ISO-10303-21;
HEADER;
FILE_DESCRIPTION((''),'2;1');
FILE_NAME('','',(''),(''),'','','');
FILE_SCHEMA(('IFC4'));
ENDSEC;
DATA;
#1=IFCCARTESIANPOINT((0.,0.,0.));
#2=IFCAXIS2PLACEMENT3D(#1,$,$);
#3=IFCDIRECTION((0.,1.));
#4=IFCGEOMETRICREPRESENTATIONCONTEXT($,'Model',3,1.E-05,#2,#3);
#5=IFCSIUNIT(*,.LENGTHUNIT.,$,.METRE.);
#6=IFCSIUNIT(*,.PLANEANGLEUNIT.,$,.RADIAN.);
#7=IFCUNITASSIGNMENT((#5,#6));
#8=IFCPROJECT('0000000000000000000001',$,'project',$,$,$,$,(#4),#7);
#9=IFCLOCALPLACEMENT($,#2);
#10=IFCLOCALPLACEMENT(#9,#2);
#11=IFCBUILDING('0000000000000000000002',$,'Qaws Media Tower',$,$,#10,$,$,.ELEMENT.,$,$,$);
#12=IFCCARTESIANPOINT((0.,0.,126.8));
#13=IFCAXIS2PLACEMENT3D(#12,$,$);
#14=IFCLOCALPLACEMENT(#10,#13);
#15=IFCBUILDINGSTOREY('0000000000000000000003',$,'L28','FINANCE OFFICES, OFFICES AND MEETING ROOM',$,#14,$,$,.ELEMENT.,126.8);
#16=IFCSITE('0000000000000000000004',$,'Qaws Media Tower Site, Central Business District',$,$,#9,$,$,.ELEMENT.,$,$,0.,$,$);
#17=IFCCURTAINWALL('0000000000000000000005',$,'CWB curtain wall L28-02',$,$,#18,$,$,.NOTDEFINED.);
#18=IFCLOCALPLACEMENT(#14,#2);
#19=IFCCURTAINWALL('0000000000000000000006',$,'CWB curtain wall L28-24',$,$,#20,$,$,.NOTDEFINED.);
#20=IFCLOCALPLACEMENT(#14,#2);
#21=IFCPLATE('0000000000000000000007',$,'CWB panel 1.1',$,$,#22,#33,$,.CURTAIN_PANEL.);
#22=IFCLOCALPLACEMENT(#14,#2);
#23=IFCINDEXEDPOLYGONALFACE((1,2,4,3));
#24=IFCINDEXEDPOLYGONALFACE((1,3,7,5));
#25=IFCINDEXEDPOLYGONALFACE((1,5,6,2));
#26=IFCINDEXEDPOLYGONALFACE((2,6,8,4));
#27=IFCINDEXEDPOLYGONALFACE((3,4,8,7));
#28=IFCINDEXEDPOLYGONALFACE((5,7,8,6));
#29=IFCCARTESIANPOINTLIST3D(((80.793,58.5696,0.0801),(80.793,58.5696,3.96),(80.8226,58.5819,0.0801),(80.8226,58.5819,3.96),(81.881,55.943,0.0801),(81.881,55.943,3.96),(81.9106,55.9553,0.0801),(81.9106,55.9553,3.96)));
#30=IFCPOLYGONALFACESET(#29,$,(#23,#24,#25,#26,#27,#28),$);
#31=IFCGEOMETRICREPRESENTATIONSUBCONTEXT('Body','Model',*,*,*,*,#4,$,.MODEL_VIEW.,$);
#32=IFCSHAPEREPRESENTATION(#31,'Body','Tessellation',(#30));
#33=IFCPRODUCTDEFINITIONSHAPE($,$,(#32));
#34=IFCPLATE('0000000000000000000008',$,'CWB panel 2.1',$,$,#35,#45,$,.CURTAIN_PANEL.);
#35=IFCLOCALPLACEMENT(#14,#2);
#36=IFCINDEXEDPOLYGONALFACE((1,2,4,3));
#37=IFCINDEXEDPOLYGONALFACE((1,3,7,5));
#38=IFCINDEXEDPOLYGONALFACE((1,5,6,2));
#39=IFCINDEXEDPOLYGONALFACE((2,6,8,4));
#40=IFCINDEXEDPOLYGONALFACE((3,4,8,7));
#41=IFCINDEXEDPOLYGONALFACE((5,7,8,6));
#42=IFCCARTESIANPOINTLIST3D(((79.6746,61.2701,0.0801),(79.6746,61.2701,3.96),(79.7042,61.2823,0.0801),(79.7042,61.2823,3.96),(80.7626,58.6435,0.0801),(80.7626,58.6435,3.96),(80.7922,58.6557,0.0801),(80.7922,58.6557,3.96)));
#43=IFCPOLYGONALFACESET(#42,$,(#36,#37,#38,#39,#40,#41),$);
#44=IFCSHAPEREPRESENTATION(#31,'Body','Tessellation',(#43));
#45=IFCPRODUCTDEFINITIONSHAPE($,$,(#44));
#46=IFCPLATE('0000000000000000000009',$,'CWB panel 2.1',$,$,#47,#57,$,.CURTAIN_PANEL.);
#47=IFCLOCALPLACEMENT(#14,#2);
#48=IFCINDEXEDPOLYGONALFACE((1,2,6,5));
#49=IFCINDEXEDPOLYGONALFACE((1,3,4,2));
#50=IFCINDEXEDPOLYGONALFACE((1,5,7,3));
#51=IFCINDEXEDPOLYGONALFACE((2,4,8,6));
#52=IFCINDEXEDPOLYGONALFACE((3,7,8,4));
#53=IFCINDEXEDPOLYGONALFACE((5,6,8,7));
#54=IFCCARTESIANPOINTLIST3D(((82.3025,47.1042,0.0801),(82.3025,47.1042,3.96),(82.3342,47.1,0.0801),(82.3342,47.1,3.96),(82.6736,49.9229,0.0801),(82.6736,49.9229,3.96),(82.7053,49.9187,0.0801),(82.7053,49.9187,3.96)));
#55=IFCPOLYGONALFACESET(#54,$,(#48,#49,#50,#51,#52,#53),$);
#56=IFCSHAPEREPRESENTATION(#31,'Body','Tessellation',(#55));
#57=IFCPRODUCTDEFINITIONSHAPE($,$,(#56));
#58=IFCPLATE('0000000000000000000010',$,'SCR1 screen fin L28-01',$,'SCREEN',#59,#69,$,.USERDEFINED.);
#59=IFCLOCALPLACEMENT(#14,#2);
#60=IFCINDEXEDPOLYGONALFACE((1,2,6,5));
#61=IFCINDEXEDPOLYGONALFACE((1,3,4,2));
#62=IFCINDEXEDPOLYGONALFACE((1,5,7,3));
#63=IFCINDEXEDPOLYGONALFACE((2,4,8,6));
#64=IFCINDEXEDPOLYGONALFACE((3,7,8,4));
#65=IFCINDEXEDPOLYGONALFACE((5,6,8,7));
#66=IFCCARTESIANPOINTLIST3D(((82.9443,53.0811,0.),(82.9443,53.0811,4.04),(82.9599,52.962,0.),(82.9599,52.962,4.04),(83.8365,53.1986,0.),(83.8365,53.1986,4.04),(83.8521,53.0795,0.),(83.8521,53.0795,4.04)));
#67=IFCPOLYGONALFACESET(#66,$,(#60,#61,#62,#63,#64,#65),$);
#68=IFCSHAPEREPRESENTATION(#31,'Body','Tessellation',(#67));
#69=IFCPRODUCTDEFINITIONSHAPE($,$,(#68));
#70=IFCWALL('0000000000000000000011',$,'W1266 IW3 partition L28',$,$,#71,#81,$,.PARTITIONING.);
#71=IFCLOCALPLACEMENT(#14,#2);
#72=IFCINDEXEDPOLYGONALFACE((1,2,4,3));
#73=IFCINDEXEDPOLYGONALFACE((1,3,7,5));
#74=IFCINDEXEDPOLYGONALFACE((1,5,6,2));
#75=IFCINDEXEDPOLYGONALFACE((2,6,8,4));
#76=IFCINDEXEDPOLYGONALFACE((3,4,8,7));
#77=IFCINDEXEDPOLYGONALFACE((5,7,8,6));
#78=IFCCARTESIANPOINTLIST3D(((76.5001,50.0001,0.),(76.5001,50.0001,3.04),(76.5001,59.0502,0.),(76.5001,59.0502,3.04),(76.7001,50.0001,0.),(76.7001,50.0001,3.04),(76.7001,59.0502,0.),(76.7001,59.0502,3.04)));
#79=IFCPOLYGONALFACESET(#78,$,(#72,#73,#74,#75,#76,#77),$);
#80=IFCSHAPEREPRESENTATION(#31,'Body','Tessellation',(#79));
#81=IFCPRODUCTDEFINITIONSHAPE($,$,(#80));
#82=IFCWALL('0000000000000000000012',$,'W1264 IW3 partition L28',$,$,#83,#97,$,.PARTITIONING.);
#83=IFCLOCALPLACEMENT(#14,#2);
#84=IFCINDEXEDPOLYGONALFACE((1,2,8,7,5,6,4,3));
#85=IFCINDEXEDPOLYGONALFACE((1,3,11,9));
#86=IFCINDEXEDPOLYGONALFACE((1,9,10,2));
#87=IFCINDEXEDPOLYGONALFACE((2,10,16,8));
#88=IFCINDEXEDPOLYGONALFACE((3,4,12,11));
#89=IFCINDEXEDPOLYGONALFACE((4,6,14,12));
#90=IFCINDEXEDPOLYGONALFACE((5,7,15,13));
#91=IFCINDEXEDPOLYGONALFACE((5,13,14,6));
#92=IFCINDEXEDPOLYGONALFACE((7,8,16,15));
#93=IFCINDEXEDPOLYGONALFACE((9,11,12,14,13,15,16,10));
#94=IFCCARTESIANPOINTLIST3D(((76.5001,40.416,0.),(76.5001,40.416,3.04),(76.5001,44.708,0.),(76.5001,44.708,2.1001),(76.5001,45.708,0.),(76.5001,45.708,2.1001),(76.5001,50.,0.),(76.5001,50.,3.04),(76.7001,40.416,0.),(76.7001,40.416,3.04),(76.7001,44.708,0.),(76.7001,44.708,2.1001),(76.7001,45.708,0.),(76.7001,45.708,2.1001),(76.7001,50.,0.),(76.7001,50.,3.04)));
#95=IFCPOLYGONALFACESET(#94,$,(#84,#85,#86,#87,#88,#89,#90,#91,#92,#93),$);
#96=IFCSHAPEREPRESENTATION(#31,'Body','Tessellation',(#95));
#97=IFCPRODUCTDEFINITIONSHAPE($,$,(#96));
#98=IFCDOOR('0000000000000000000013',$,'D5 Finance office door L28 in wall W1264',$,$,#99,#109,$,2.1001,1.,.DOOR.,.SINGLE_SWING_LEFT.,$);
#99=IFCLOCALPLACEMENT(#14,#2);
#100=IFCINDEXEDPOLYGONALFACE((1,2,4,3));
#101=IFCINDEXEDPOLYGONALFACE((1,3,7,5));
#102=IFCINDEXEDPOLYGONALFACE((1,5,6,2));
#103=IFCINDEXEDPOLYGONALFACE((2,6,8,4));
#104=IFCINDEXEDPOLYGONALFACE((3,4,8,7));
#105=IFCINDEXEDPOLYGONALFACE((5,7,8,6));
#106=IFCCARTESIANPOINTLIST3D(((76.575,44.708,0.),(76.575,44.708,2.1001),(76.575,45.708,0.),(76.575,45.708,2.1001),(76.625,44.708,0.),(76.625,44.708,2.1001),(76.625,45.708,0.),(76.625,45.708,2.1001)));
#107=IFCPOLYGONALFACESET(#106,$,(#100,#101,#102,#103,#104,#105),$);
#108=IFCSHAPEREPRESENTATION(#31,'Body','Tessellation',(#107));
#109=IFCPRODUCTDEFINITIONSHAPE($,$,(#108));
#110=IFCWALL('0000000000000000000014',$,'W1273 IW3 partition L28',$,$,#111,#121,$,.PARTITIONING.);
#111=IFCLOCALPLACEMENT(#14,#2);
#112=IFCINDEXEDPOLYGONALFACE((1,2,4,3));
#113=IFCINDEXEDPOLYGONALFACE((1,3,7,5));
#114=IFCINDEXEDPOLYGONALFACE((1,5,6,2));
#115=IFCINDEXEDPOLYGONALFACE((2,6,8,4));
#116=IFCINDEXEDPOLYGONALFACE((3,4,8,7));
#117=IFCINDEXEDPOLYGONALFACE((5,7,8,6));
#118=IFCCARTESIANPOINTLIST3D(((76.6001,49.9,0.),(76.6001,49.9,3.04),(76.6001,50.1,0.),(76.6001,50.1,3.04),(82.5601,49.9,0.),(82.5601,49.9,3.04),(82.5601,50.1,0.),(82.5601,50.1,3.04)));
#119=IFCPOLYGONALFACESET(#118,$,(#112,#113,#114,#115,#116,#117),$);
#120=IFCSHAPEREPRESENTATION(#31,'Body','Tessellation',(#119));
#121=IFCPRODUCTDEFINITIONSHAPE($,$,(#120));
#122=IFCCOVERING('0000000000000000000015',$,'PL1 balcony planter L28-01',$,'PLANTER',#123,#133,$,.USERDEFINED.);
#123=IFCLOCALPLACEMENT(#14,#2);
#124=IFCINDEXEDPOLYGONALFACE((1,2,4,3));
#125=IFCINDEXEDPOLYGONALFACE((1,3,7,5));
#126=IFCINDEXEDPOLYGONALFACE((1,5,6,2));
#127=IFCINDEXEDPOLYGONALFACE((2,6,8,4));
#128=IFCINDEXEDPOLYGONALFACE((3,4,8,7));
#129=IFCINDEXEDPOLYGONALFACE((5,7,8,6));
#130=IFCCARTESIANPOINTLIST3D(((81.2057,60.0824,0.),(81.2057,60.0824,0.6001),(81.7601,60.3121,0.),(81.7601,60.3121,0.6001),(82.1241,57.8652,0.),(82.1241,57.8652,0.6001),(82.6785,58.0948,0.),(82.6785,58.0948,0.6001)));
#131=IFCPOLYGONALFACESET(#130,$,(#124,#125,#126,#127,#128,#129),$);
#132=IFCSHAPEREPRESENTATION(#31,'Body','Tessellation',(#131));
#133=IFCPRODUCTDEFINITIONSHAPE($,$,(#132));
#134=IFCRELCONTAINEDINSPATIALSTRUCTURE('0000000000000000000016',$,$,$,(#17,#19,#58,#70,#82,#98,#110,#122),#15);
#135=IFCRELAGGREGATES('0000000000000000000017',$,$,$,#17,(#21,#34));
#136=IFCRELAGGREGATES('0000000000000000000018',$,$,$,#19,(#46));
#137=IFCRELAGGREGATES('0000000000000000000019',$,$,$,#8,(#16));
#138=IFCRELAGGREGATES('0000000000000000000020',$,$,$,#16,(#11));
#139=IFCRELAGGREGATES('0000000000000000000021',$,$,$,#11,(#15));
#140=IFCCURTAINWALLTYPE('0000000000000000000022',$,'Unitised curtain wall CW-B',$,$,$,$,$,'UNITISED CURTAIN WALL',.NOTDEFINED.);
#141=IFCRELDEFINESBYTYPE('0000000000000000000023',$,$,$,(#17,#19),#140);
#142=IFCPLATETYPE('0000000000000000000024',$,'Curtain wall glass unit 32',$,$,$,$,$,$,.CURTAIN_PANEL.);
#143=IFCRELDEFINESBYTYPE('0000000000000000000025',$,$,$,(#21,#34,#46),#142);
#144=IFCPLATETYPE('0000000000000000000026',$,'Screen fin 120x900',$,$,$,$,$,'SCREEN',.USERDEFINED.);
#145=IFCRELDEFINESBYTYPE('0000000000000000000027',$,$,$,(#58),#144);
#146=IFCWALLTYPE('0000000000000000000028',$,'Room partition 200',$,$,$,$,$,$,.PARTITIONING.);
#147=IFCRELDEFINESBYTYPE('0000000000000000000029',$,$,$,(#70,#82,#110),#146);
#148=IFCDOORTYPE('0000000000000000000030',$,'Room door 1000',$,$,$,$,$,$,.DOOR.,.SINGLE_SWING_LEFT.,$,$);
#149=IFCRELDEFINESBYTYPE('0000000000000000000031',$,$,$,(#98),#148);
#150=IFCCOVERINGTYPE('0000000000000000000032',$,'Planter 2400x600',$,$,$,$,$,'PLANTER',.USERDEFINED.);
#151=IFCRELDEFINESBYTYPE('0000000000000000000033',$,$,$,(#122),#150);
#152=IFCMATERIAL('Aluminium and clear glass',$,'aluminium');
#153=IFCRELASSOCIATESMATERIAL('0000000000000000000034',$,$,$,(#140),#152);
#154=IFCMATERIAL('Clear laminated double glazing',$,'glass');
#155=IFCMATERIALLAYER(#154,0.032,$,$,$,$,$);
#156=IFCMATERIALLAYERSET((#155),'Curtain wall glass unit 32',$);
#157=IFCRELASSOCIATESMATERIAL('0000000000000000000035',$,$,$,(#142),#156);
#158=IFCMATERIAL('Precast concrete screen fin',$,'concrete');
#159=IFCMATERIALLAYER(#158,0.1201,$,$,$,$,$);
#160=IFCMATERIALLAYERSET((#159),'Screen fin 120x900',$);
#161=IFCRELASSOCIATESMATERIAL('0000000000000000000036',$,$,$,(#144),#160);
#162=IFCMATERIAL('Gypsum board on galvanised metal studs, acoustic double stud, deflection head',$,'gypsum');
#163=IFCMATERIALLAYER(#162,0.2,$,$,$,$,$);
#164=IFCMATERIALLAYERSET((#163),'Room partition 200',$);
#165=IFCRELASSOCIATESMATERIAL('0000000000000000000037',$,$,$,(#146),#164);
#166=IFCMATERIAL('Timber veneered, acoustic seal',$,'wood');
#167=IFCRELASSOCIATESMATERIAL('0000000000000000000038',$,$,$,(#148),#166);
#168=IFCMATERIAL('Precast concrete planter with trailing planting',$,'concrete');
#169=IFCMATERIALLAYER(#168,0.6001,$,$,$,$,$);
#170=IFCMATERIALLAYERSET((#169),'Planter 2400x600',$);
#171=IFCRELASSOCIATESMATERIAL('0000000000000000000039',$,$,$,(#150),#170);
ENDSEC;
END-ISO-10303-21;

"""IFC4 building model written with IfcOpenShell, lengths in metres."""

from ifc_helpers import new_model, si_unit, direction, frame, frame_2d, origin, origin_2d, place, context, subcontext, project, spatial, rectangle, extrude, material, layer, layer_set, type_object, element, fill, aggregate, save


model = new_model("IFC4")

# Units and contexts
model_context = context("Model", 3, precision=1e-05, world=origin(), true_north=direction((0.0, 1.0)))
body_context = subcontext(model_context, "Body", "Model", "MODEL_VIEW")
ifc_project = project(units=[si_unit("LENGTHUNIT", "METRE"), si_unit("PLANEANGLEUNIT", "RADIAN")], contexts=[model_context])

# Site, building, storey
site_placement = place(None, origin())
site = spatial("IfcSite", under=ifc_project, at=site_placement, Name="Qaws Media Tower Site, Central Business District", CompositionType="ELEMENT", RefElevation=0.0)
building_placement = place(site_placement, origin())
building = spatial("IfcBuilding", under=site, at=building_placement, Name="Qaws Media Tower", CompositionType="ELEMENT")
storey_placement = place(building_placement, frame((0.0, 0.0, 126.8)))
storey = spatial("IfcBuildingStorey", under=building, at=storey_placement, Name="L28", Description="FINANCE OFFICES, OFFICES AND MEETING ROOM", CompositionType="ELEMENT", Elevation=126.8)

# Curtain wall
ifc_material_1 = material(Name="Aluminium and clear glass", Category="aluminium")
curtain_wall_type = type_object("IfcCurtainWallType", Name="Unitised curtain wall CW-B", ElementType="UNITISED CURTAIN WALL", PredefinedType="NOTDEFINED", material=ifc_material_1)
curtain_wall_1_placement = place(storey_placement, origin())
curtain_wall_1 = element("IfcCurtainWall", 1, at=curtain_wall_1_placement, inside=storey, type_object=curtain_wall_type, Name="CWB curtain wall L28-02", PredefinedType="NOTDEFINED")

# Curtain wall
curtain_wall_2_placement = place(storey_placement, origin())
curtain_wall_2 = element("IfcCurtainWall", 2, at=curtain_wall_2_placement, inside=storey, type_object=curtain_wall_type, Name="CWB curtain wall L28-24", PredefinedType="NOTDEFINED")

# Plates
ifc_material_2 = material(Name="Clear laminated double glazing", Category="glass")
ifc_layer_1 = layer(ifc_material_2, 0.032)
ifc_layer_set_1 = layer_set([ifc_layer_1], Name="Curtain wall glass unit 32")
plate_type_1 = type_object("IfcPlateType", Name="Curtain wall glass unit 32", PredefinedType="CURTAIN_PANEL", material=ifc_layer_set_1)
plate_1_placement = place(storey_placement, frame((81.3518, 57.2625, 0.0801), z_axis=(0.0, 0.0, 1.0), x_axis=(-0.382683, 0.92388, 0.0)))
plate_1 = element("IfcPlate", 3, at=plate_1_placement, type_object=plate_type_1, Name="CWB panel 1.1", PredefinedType="CURTAIN_PANEL", context=body_context, shape_type="SweptSolid", body=[
    extrude(rectangle(XDim=2.843, YDim=0.032, at=origin_2d()), origin(), (0.0, 0.0, 1.0), 3.8799),
])
plate_2_placement = place(storey_placement, frame((80.2334, 59.9629, 0.0801), z_axis=(0.0, 0.0, 1.0), x_axis=(-0.382683, 0.92388, 0.0)))
plate_2 = element("IfcPlate", 4, at=plate_2_placement, type_object=plate_type_1, Name="CWB panel 2.1", PredefinedType="CURTAIN_PANEL", context=body_context, shape_type="SweptSolid", body=[
    extrude(rectangle(XDim=2.843, YDim=0.032, at=origin_2d()), origin(), (0.0, 0.0, 1.0), 3.8799),
])
aggregate(curtain_wall_1, [plate_1, plate_2])
plate_3_placement = place(storey_placement, frame((82.5039, 48.5115, 0.0801), z_axis=(0.0, 0.0, 1.0), x_axis=(0.130526, 0.991445, 0.0)))
plate_3 = element("IfcPlate", 5, at=plate_3_placement, type_object=plate_type_1, Name="CWB panel 2.1", PredefinedType="CURTAIN_PANEL", context=body_context, shape_type="SweptSolid", body=[
    extrude(rectangle(XDim=2.843, YDim=0.032, at=origin_2d()), origin(), (0.0, 0.0, 1.0), 3.8799),
])
aggregate(curtain_wall_2, [plate_3])
ifc_material_3 = material(Name="Precast concrete screen fin", Category="concrete")
ifc_layer_2 = layer(ifc_material_3, 0.1201)
ifc_layer_set_2 = layer_set([ifc_layer_2], Name="Screen fin 120x900")
plate_type_2 = type_object("IfcPlateType", Name="Screen fin 120x900", ElementType="SCREEN", PredefinedType="USERDEFINED", material=ifc_layer_set_2)
plate_4_placement = place(storey_placement, frame((83.3982, 53.0803, 0.0), z_axis=(0.0, 0.0, 1.0), x_axis=(0.991445, 0.130526, 0.0)))
element("IfcPlate", 6, at=plate_4_placement, inside=storey, type_object=plate_type_2, Name="SCR1 screen fin L28-01", ObjectType="SCREEN", PredefinedType="USERDEFINED", context=body_context, shape_type="SweptSolid", body=[
    extrude(rectangle(XDim=0.8999, YDim=0.1201, at=origin_2d()), origin(), (0.0, 0.0, 1.0), 4.04),
])

# Wall
ifc_material_4 = material(Name="Gypsum board on galvanised metal studs, acoustic double stud, deflection head", Category="gypsum")
ifc_layer_3 = layer(ifc_material_4, 0.2)
ifc_layer_set_3 = layer_set([ifc_layer_3], Name="Room partition 200")
wall_type_1 = type_object("IfcWallType", Name="Room partition 200", PredefinedType="PARTITIONING", material=ifc_layer_set_3)
wall_1_placement = place(storey_placement, frame((76.6001, 59.05, 0.0), z_axis=(0.0, 0.0, 1.0), x_axis=(0.0, -1.0, 0.0)))
element("IfcWall", 7, at=wall_1_placement, inside=storey, type_object=wall_type_1, Name="W1266 IW3 partition L28", PredefinedType="PARTITIONING", context=body_context, shape_type="SweptSolid", body=[
    extrude(rectangle(XDim=9.05, YDim=0.2, at=frame_2d((4.5249, 0.0))), origin(), (0.0, 0.0, 1.0), 3.04),
])

# Wall, opening, door
wall_2_placement = place(storey_placement, frame((76.6001, 50.0, 0.0), z_axis=(0.0, 0.0, 1.0), x_axis=(0.0, -1.0, 0.0)))
wall_2 = element("IfcWall", 8, at=wall_2_placement, inside=storey, type_object=wall_type_1, Name="W1264 IW3 partition L28", PredefinedType="PARTITIONING", context=body_context, shape_type="SweptSolid", body=[
    extrude(rectangle(XDim=9.584, YDim=0.2, at=frame_2d((4.792, 0.0))), origin(), (0.0, 0.0, 1.0), 3.04),
])
opening_1_placement = place(wall_2_placement, frame((4.292, 0.0, 0.0)))
opening_1 = element("IfcOpeningElement", 9, at=opening_1_placement, cuts=wall_2, PredefinedType="OPENING", context=body_context, shape_type="SweptSolid", body=[
    extrude(rectangle(XDim=1.0, YDim=2.1001, at=frame_2d((0.5, 1.05))), frame((0.0, 0.1099, 0.0), z_axis=(0.0, -1.0, 0.0), x_axis=(1.0, 0.0, 0.0)), (0.0, 0.0, 1.0), 0.22),
])
ifc_material_5 = material(Name="Timber veneered, acoustic seal", Category="wood")
door_type_1 = type_object("IfcDoorType", Name="Room door 1000", OperationType="SINGLE_SWING_LEFT", PredefinedType="DOOR", material=ifc_material_5)
door_1_placement = place(opening_1_placement, origin())
door_1 = element("IfcDoor", 10, at=door_1_placement, inside=storey, type_object=door_type_1, Name="D5 Finance office door L28 in wall W1264", OperationType="SINGLE_SWING_LEFT", OverallHeight=2.1001, OverallWidth=1.0, PredefinedType="DOOR", context=body_context, shape_type="SweptSolid", body=[
    extrude(rectangle(XDim=1.0, YDim=2.1001, at=frame_2d((0.5, 1.05))), frame((0.0, 0.0249, 0.0), z_axis=(0.0, -1.0, 0.0), x_axis=(1.0, 0.0, 0.0)), (0.0, 0.0, 1.0), 0.05),
])
fill(opening_1, door_1)

# Wall
wall_3_placement = place(storey_placement, frame((76.6001, 50.0, 0.0), z_axis=(0.0, 0.0, 1.0), x_axis=(1.0, 0.0, 0.0)))
element("IfcWall", 11, at=wall_3_placement, inside=storey, type_object=wall_type_1, Name="W1273 IW3 partition L28", PredefinedType="PARTITIONING", context=body_context, shape_type="SweptSolid", body=[
    extrude(rectangle(XDim=5.96, YDim=0.2, at=frame_2d((2.98, 0.0))), origin(), (0.0, 0.0, 1.0), 3.04),
])

# Covering
ifc_material_6 = material(Name="Precast concrete planter with trailing planting", Category="concrete")
ifc_layer_4 = layer(ifc_material_6, 0.6001)
ifc_layer_set_4 = layer_set([ifc_layer_4], Name="Planter 2400x600")
covering_type = type_object("IfcCoveringType", Name="Planter 2400x600", ElementType="PLANTER", PredefinedType="USERDEFINED", material=ifc_layer_set_4)
covering_placement = place(storey_placement, frame((81.9421, 59.0886, 0.0), z_axis=(0.0, 0.0, 1.0), x_axis=(-0.382683, 0.92388, 0.0)))
element("IfcCovering", 12, at=covering_placement, inside=storey, type_object=covering_type, Name="PL1 balcony planter L28-01", ObjectType="PLANTER", PredefinedType="USERDEFINED", context=body_context, shape_type="SweptSolid", body=[
    extrude(rectangle(XDim=2.3999, YDim=0.6001, at=origin_2d()), origin(), (0.0, 0.0, 1.0), 0.6001),
])

save(model, "model.ifc")
